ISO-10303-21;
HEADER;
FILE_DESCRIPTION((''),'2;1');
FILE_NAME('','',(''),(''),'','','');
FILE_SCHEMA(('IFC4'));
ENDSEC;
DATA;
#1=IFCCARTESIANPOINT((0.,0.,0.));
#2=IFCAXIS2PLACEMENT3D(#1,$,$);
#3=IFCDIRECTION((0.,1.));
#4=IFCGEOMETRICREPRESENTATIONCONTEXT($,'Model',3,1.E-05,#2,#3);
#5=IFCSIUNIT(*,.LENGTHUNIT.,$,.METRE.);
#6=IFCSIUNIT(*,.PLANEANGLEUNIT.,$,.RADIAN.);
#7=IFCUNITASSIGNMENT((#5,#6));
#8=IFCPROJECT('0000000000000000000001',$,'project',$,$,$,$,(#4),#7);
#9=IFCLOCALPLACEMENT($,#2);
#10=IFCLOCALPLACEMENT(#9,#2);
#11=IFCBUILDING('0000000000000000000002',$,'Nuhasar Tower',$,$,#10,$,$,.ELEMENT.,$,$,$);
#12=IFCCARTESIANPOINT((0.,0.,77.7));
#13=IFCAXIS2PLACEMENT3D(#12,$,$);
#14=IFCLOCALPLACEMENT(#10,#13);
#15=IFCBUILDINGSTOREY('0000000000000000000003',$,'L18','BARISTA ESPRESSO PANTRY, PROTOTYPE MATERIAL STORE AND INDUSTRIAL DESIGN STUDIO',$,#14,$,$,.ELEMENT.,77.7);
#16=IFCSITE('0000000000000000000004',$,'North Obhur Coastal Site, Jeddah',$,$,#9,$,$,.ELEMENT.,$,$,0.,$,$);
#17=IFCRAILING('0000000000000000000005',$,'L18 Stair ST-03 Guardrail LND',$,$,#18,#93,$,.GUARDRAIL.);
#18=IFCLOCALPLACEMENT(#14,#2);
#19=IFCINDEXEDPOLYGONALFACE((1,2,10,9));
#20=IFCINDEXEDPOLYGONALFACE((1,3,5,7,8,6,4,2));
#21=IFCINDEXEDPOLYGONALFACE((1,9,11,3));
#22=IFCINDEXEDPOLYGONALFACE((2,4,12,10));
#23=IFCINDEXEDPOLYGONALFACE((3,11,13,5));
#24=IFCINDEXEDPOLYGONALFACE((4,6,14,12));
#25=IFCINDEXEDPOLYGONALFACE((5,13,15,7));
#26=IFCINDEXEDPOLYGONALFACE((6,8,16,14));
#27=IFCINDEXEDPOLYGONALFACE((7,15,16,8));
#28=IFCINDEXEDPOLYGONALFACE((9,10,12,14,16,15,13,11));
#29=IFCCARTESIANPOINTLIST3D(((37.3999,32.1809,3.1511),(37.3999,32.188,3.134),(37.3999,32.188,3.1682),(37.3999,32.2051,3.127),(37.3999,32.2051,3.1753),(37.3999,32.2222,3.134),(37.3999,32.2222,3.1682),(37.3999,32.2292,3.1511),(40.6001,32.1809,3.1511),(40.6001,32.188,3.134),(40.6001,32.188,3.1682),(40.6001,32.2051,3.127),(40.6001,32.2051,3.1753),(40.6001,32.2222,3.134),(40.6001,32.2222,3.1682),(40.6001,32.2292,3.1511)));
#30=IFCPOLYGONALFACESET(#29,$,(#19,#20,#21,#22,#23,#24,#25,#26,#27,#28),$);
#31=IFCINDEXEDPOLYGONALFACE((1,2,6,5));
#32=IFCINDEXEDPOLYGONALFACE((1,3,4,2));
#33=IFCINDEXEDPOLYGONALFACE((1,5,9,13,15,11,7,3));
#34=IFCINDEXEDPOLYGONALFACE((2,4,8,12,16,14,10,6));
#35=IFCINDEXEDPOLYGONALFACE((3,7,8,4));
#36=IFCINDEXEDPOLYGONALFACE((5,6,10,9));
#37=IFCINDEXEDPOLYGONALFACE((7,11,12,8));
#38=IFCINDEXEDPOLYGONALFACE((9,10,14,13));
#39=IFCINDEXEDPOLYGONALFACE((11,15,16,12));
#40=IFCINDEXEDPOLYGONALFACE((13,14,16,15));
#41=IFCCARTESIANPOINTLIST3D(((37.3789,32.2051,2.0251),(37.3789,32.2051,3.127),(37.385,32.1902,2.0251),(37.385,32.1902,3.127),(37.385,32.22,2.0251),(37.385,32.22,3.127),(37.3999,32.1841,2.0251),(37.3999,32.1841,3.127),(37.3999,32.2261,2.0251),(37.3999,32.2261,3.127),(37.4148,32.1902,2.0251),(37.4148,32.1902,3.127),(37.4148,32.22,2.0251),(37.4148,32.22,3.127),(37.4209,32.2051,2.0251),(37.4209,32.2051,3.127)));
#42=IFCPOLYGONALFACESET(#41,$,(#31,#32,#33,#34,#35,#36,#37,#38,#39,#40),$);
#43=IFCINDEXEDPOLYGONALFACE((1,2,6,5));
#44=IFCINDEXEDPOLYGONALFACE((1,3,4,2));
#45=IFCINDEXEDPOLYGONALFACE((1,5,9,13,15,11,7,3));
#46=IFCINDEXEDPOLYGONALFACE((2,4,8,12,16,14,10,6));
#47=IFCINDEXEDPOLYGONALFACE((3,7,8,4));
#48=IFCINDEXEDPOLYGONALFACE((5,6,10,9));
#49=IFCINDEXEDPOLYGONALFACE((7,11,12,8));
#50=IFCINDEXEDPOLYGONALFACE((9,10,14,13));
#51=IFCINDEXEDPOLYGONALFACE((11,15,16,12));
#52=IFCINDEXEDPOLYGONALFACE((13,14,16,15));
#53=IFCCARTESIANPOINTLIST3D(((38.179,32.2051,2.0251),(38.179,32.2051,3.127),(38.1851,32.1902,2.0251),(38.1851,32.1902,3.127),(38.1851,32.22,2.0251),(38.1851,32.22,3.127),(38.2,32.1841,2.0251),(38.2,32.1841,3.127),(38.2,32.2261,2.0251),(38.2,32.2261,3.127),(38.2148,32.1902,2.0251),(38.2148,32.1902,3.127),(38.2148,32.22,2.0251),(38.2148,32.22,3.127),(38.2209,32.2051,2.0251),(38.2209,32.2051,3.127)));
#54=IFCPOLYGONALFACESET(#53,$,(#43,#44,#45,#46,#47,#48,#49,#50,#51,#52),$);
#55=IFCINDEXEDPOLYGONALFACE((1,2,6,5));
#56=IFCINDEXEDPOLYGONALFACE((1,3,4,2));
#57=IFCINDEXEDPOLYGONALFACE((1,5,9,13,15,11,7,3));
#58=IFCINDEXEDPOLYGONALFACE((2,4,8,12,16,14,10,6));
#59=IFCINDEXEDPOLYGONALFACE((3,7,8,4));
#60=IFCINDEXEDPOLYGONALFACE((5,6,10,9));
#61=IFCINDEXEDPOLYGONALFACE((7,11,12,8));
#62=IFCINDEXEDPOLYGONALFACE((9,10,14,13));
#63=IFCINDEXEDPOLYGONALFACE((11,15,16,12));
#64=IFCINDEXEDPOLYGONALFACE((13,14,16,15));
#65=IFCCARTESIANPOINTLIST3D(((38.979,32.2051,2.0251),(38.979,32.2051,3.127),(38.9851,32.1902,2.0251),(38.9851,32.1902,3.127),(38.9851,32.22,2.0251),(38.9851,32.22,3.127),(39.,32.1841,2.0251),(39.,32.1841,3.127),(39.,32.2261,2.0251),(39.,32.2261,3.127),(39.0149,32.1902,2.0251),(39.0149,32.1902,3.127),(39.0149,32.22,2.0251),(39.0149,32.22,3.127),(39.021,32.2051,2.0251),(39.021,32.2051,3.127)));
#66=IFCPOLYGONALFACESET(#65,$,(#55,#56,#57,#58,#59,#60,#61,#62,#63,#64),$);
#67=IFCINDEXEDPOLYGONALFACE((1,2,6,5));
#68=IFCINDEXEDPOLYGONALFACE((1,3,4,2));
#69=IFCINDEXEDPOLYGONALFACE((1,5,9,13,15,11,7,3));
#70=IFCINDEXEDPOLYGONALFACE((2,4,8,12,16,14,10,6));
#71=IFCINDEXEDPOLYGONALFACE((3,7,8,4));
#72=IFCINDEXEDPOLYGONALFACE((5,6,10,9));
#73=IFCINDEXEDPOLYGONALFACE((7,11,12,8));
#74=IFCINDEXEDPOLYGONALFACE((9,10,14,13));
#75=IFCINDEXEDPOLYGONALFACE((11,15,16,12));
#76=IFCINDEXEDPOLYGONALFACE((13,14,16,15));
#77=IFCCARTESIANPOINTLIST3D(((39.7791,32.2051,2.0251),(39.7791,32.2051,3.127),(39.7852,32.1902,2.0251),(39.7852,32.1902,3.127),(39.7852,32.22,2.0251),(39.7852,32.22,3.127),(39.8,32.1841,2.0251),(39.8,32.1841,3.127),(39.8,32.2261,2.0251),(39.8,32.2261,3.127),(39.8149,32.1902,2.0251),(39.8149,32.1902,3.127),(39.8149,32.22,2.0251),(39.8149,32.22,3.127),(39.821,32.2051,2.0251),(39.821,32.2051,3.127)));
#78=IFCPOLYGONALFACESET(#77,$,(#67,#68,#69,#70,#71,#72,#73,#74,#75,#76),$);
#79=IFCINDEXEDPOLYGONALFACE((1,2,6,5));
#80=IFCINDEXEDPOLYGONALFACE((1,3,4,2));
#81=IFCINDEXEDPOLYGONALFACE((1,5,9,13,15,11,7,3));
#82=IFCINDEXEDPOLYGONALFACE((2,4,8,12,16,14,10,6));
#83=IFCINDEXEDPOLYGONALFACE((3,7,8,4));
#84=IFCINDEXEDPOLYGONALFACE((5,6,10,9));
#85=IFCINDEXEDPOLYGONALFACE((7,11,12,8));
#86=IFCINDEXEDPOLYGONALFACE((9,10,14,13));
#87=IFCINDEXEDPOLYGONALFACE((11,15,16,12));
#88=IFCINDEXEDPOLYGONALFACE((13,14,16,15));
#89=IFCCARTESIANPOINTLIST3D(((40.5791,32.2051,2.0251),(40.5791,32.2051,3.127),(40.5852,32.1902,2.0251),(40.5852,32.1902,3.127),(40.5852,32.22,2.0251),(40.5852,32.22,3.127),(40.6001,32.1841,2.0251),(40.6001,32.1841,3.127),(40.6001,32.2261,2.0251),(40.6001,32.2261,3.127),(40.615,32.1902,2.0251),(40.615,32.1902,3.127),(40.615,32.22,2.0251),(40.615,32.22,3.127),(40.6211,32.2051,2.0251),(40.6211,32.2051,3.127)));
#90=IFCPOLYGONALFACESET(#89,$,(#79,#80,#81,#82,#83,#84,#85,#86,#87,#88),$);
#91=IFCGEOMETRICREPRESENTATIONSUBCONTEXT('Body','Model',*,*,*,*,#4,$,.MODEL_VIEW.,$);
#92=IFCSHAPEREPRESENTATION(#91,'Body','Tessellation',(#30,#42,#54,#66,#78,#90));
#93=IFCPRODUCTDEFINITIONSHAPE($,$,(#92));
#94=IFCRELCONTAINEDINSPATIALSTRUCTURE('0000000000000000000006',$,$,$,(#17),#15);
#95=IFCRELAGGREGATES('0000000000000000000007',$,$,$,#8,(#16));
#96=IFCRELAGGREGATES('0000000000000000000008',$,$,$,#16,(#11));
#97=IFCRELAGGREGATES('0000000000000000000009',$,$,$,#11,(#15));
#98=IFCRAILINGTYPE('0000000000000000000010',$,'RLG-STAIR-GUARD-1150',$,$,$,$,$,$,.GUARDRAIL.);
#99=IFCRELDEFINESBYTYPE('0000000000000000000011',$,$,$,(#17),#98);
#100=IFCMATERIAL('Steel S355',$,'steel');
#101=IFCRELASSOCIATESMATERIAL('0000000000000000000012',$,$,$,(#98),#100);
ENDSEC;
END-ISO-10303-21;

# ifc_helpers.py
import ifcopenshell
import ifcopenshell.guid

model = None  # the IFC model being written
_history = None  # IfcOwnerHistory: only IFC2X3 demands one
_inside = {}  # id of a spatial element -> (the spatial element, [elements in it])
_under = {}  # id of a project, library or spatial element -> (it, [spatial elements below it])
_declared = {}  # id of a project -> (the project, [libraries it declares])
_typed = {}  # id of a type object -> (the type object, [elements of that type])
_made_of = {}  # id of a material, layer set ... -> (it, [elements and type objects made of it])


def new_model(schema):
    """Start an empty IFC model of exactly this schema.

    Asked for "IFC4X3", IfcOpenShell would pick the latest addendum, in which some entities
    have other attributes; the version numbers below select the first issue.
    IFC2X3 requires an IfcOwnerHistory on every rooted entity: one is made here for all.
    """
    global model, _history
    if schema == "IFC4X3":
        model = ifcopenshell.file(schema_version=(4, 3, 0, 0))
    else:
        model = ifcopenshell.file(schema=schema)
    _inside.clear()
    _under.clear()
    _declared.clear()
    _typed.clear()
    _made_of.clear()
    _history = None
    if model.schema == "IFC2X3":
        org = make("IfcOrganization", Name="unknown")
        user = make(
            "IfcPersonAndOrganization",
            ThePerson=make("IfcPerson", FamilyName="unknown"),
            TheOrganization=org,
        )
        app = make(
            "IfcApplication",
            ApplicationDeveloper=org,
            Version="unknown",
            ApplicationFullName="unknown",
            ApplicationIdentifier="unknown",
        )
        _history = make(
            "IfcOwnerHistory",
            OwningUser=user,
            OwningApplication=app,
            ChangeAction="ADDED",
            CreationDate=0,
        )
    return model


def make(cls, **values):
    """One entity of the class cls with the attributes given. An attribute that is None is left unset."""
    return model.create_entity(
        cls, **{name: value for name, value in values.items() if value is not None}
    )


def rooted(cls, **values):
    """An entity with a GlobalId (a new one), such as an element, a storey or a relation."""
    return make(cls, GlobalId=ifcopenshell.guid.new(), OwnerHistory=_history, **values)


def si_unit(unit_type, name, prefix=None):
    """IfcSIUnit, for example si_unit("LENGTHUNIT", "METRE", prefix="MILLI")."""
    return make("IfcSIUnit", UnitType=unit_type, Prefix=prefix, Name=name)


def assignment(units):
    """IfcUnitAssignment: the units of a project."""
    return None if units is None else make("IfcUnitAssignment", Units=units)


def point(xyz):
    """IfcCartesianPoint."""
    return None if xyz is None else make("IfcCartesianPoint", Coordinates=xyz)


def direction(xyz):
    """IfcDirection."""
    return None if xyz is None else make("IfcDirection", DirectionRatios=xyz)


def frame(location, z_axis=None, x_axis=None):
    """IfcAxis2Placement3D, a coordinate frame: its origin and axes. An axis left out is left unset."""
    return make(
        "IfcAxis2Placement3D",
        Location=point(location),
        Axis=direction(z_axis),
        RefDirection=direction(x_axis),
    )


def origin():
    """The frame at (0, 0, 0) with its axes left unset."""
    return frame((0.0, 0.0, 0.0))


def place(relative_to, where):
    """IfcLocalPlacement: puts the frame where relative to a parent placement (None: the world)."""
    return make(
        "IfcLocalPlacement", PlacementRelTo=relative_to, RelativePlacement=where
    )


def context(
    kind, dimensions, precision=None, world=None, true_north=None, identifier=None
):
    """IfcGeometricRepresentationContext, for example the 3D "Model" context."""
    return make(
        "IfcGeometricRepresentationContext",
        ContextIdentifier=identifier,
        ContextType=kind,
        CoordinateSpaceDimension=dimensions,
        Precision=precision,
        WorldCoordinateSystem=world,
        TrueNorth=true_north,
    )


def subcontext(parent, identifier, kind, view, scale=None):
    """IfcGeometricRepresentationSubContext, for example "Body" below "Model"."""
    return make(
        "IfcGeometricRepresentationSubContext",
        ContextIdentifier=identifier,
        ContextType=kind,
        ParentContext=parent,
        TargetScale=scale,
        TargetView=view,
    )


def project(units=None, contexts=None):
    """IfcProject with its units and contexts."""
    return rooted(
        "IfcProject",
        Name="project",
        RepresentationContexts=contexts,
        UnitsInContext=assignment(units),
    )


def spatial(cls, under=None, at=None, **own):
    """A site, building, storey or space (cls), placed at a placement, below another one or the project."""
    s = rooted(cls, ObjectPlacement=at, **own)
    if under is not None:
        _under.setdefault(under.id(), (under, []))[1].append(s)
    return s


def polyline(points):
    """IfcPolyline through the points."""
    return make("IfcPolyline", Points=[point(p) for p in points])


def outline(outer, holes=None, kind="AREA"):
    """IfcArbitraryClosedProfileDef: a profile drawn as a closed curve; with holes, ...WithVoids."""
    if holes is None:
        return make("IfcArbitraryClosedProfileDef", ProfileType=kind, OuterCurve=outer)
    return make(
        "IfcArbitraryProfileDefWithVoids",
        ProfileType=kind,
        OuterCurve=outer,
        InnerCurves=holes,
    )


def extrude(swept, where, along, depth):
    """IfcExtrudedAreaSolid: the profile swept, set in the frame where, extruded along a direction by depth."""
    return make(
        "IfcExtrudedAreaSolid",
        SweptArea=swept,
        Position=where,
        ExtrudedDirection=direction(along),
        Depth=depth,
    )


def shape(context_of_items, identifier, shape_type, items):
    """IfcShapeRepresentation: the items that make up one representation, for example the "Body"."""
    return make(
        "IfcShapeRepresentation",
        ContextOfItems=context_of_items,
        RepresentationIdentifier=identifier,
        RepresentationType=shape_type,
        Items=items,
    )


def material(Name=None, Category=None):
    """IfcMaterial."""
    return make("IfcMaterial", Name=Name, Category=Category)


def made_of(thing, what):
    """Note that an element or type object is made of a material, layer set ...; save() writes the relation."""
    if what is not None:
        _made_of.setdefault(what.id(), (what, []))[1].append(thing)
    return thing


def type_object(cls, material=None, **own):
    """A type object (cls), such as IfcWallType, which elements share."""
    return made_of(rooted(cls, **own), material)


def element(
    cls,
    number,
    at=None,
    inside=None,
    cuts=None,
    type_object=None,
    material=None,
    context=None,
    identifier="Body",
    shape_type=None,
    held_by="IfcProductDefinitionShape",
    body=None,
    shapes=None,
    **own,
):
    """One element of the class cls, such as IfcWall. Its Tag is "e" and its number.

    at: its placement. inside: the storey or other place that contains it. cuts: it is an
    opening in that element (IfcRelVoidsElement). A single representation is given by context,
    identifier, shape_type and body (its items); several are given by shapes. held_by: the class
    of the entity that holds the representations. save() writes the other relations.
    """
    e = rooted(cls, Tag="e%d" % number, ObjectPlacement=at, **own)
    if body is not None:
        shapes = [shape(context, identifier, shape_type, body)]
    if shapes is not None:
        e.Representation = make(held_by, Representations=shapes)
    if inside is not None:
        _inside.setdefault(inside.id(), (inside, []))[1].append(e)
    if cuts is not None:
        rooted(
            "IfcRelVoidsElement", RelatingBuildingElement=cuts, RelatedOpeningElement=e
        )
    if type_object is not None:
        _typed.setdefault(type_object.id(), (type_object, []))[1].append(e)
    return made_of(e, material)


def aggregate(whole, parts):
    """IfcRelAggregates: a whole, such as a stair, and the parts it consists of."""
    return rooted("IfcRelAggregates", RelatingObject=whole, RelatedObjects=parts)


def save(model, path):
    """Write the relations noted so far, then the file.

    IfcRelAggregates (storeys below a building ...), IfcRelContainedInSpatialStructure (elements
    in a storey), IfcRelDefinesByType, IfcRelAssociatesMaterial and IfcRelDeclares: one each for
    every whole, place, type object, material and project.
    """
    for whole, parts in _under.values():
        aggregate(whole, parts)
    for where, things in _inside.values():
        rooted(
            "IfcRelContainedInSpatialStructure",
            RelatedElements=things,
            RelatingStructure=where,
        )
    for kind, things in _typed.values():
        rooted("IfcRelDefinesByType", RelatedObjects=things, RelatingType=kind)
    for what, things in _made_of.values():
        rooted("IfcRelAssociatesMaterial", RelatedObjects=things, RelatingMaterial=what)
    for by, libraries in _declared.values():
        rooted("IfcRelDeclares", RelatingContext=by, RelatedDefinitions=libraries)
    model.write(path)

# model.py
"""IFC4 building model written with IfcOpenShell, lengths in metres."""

from ifc_helpers import new_model, si_unit, direction, frame, origin, place, context, subcontext, project, spatial, polyline, outline, extrude, material, type_object, element, save


model = new_model("IFC4")

# Units and contexts
model_context = context("Model", 3, precision=1e-05, world=origin(), true_north=direction((0.0, 1.0)))
body_context = subcontext(model_context, "Body", "Model", "MODEL_VIEW")
ifc_project = project(units=[si_unit("LENGTHUNIT", "METRE"), si_unit("PLANEANGLEUNIT", "RADIAN")], contexts=[model_context])

# Site, building, storey
site_placement = place(None, origin())
site = spatial("IfcSite", under=ifc_project, at=site_placement, Name="North Obhur Coastal Site, Jeddah", CompositionType="ELEMENT", RefElevation=0.0)
building_placement = place(site_placement, origin())
building = spatial("IfcBuilding", under=site, at=building_placement, Name="Nuhasar Tower", CompositionType="ELEMENT")
storey_placement = place(building_placement, frame((0.0, 0.0, 77.7)))
storey = spatial("IfcBuildingStorey", under=building, at=storey_placement, Name="L18", Description="BARISTA ESPRESSO PANTRY, PROTOTYPE MATERIAL STORE AND INDUSTRIAL DESIGN STUDIO", CompositionType="ELEMENT", Elevation=77.7)

# Shared definitions
ifc_material_1 = material(Name="Steel S355", Category="steel")

# Railing
railing_type_1 = type_object("IfcRailingType", Name="RLG-STAIR-GUARD-1150", PredefinedType="GUARDRAIL", material=ifc_material_1)
railing_1_placement = place(storey_placement, frame((37.3999, 32.2051, 2.0251)))
element("IfcRailing", 1, at=railing_1_placement, inside=storey, type_object=railing_type_1, Name="L18 Stair ST-03 Guardrail LND", PredefinedType="GUARDRAIL", context=body_context, shape_type="SweptSolid", body=[
    extrude(outline(polyline([(0.0242, 0.0), (0.0171, 0.0171), (0.0, 0.0242), (-0.0171, 0.0171), (-0.0242, 0.0), (-0.0171, -0.0171), (0.0, -0.0242), (0.0171, -0.0171), (0.0242, 0.0)])), frame((0.0, 0.0, 1.126), z_axis=(1.0, 0.0, 0.0), x_axis=(0.0, 1.0, 0.0)), (0.0, 0.0, 1.0), 3.2002),
    extrude(outline(polyline([(0.021, 0.0), (0.0149, 0.0149), (0.0, 0.021), (-0.0149, 0.0149), (-0.021, 0.0), (-0.0149, -0.0149), (0.0, -0.021), (0.0149, -0.0149), (0.021, 0.0)])), origin(), (0.0, 0.0, 1.0), 1.1018),
    extrude(outline(polyline([(0.021, 0.0), (0.0149, 0.0149), (0.0, 0.021), (-0.0149, 0.0149), (-0.021, 0.0), (-0.0149, -0.0149), (0.0, -0.021), (0.0149, -0.0149), (0.021, 0.0)])), frame((0.8, 0.0, 0.0)), (0.0, 0.0, 1.0), 1.1018),
    extrude(outline(polyline([(0.021, 0.0), (0.0149, 0.0149), (0.0, 0.021), (-0.0149, 0.0149), (-0.021, 0.0), (-0.0149, -0.0149), (0.0, -0.021), (0.0149, -0.0149), (0.021, 0.0)])), frame((1.6001, 0.0, 0.0)), (0.0, 0.0, 1.0), 1.1018),
    extrude(outline(polyline([(0.021, 0.0), (0.0149, 0.0149), (0.0, 0.021), (-0.0149, 0.0149), (-0.021, 0.0), (-0.0149, -0.0149), (0.0, -0.021), (0.0149, -0.0149), (0.021, 0.0)])), frame((2.4001, 0.0, 0.0)), (0.0, 0.0, 1.0), 1.1018),
    extrude(outline(polyline([(0.021, 0.0), (0.0149, 0.0149), (0.0, 0.021), (-0.0149, 0.0149), (-0.021, 0.0), (-0.0149, -0.0149), (0.0, -0.021), (0.0149, -0.0149), (0.021, 0.0)])), frame((3.2002, 0.0, 0.0)), (0.0, 0.0, 1.0), 1.1018),
])

save(model, "model.ifc")
